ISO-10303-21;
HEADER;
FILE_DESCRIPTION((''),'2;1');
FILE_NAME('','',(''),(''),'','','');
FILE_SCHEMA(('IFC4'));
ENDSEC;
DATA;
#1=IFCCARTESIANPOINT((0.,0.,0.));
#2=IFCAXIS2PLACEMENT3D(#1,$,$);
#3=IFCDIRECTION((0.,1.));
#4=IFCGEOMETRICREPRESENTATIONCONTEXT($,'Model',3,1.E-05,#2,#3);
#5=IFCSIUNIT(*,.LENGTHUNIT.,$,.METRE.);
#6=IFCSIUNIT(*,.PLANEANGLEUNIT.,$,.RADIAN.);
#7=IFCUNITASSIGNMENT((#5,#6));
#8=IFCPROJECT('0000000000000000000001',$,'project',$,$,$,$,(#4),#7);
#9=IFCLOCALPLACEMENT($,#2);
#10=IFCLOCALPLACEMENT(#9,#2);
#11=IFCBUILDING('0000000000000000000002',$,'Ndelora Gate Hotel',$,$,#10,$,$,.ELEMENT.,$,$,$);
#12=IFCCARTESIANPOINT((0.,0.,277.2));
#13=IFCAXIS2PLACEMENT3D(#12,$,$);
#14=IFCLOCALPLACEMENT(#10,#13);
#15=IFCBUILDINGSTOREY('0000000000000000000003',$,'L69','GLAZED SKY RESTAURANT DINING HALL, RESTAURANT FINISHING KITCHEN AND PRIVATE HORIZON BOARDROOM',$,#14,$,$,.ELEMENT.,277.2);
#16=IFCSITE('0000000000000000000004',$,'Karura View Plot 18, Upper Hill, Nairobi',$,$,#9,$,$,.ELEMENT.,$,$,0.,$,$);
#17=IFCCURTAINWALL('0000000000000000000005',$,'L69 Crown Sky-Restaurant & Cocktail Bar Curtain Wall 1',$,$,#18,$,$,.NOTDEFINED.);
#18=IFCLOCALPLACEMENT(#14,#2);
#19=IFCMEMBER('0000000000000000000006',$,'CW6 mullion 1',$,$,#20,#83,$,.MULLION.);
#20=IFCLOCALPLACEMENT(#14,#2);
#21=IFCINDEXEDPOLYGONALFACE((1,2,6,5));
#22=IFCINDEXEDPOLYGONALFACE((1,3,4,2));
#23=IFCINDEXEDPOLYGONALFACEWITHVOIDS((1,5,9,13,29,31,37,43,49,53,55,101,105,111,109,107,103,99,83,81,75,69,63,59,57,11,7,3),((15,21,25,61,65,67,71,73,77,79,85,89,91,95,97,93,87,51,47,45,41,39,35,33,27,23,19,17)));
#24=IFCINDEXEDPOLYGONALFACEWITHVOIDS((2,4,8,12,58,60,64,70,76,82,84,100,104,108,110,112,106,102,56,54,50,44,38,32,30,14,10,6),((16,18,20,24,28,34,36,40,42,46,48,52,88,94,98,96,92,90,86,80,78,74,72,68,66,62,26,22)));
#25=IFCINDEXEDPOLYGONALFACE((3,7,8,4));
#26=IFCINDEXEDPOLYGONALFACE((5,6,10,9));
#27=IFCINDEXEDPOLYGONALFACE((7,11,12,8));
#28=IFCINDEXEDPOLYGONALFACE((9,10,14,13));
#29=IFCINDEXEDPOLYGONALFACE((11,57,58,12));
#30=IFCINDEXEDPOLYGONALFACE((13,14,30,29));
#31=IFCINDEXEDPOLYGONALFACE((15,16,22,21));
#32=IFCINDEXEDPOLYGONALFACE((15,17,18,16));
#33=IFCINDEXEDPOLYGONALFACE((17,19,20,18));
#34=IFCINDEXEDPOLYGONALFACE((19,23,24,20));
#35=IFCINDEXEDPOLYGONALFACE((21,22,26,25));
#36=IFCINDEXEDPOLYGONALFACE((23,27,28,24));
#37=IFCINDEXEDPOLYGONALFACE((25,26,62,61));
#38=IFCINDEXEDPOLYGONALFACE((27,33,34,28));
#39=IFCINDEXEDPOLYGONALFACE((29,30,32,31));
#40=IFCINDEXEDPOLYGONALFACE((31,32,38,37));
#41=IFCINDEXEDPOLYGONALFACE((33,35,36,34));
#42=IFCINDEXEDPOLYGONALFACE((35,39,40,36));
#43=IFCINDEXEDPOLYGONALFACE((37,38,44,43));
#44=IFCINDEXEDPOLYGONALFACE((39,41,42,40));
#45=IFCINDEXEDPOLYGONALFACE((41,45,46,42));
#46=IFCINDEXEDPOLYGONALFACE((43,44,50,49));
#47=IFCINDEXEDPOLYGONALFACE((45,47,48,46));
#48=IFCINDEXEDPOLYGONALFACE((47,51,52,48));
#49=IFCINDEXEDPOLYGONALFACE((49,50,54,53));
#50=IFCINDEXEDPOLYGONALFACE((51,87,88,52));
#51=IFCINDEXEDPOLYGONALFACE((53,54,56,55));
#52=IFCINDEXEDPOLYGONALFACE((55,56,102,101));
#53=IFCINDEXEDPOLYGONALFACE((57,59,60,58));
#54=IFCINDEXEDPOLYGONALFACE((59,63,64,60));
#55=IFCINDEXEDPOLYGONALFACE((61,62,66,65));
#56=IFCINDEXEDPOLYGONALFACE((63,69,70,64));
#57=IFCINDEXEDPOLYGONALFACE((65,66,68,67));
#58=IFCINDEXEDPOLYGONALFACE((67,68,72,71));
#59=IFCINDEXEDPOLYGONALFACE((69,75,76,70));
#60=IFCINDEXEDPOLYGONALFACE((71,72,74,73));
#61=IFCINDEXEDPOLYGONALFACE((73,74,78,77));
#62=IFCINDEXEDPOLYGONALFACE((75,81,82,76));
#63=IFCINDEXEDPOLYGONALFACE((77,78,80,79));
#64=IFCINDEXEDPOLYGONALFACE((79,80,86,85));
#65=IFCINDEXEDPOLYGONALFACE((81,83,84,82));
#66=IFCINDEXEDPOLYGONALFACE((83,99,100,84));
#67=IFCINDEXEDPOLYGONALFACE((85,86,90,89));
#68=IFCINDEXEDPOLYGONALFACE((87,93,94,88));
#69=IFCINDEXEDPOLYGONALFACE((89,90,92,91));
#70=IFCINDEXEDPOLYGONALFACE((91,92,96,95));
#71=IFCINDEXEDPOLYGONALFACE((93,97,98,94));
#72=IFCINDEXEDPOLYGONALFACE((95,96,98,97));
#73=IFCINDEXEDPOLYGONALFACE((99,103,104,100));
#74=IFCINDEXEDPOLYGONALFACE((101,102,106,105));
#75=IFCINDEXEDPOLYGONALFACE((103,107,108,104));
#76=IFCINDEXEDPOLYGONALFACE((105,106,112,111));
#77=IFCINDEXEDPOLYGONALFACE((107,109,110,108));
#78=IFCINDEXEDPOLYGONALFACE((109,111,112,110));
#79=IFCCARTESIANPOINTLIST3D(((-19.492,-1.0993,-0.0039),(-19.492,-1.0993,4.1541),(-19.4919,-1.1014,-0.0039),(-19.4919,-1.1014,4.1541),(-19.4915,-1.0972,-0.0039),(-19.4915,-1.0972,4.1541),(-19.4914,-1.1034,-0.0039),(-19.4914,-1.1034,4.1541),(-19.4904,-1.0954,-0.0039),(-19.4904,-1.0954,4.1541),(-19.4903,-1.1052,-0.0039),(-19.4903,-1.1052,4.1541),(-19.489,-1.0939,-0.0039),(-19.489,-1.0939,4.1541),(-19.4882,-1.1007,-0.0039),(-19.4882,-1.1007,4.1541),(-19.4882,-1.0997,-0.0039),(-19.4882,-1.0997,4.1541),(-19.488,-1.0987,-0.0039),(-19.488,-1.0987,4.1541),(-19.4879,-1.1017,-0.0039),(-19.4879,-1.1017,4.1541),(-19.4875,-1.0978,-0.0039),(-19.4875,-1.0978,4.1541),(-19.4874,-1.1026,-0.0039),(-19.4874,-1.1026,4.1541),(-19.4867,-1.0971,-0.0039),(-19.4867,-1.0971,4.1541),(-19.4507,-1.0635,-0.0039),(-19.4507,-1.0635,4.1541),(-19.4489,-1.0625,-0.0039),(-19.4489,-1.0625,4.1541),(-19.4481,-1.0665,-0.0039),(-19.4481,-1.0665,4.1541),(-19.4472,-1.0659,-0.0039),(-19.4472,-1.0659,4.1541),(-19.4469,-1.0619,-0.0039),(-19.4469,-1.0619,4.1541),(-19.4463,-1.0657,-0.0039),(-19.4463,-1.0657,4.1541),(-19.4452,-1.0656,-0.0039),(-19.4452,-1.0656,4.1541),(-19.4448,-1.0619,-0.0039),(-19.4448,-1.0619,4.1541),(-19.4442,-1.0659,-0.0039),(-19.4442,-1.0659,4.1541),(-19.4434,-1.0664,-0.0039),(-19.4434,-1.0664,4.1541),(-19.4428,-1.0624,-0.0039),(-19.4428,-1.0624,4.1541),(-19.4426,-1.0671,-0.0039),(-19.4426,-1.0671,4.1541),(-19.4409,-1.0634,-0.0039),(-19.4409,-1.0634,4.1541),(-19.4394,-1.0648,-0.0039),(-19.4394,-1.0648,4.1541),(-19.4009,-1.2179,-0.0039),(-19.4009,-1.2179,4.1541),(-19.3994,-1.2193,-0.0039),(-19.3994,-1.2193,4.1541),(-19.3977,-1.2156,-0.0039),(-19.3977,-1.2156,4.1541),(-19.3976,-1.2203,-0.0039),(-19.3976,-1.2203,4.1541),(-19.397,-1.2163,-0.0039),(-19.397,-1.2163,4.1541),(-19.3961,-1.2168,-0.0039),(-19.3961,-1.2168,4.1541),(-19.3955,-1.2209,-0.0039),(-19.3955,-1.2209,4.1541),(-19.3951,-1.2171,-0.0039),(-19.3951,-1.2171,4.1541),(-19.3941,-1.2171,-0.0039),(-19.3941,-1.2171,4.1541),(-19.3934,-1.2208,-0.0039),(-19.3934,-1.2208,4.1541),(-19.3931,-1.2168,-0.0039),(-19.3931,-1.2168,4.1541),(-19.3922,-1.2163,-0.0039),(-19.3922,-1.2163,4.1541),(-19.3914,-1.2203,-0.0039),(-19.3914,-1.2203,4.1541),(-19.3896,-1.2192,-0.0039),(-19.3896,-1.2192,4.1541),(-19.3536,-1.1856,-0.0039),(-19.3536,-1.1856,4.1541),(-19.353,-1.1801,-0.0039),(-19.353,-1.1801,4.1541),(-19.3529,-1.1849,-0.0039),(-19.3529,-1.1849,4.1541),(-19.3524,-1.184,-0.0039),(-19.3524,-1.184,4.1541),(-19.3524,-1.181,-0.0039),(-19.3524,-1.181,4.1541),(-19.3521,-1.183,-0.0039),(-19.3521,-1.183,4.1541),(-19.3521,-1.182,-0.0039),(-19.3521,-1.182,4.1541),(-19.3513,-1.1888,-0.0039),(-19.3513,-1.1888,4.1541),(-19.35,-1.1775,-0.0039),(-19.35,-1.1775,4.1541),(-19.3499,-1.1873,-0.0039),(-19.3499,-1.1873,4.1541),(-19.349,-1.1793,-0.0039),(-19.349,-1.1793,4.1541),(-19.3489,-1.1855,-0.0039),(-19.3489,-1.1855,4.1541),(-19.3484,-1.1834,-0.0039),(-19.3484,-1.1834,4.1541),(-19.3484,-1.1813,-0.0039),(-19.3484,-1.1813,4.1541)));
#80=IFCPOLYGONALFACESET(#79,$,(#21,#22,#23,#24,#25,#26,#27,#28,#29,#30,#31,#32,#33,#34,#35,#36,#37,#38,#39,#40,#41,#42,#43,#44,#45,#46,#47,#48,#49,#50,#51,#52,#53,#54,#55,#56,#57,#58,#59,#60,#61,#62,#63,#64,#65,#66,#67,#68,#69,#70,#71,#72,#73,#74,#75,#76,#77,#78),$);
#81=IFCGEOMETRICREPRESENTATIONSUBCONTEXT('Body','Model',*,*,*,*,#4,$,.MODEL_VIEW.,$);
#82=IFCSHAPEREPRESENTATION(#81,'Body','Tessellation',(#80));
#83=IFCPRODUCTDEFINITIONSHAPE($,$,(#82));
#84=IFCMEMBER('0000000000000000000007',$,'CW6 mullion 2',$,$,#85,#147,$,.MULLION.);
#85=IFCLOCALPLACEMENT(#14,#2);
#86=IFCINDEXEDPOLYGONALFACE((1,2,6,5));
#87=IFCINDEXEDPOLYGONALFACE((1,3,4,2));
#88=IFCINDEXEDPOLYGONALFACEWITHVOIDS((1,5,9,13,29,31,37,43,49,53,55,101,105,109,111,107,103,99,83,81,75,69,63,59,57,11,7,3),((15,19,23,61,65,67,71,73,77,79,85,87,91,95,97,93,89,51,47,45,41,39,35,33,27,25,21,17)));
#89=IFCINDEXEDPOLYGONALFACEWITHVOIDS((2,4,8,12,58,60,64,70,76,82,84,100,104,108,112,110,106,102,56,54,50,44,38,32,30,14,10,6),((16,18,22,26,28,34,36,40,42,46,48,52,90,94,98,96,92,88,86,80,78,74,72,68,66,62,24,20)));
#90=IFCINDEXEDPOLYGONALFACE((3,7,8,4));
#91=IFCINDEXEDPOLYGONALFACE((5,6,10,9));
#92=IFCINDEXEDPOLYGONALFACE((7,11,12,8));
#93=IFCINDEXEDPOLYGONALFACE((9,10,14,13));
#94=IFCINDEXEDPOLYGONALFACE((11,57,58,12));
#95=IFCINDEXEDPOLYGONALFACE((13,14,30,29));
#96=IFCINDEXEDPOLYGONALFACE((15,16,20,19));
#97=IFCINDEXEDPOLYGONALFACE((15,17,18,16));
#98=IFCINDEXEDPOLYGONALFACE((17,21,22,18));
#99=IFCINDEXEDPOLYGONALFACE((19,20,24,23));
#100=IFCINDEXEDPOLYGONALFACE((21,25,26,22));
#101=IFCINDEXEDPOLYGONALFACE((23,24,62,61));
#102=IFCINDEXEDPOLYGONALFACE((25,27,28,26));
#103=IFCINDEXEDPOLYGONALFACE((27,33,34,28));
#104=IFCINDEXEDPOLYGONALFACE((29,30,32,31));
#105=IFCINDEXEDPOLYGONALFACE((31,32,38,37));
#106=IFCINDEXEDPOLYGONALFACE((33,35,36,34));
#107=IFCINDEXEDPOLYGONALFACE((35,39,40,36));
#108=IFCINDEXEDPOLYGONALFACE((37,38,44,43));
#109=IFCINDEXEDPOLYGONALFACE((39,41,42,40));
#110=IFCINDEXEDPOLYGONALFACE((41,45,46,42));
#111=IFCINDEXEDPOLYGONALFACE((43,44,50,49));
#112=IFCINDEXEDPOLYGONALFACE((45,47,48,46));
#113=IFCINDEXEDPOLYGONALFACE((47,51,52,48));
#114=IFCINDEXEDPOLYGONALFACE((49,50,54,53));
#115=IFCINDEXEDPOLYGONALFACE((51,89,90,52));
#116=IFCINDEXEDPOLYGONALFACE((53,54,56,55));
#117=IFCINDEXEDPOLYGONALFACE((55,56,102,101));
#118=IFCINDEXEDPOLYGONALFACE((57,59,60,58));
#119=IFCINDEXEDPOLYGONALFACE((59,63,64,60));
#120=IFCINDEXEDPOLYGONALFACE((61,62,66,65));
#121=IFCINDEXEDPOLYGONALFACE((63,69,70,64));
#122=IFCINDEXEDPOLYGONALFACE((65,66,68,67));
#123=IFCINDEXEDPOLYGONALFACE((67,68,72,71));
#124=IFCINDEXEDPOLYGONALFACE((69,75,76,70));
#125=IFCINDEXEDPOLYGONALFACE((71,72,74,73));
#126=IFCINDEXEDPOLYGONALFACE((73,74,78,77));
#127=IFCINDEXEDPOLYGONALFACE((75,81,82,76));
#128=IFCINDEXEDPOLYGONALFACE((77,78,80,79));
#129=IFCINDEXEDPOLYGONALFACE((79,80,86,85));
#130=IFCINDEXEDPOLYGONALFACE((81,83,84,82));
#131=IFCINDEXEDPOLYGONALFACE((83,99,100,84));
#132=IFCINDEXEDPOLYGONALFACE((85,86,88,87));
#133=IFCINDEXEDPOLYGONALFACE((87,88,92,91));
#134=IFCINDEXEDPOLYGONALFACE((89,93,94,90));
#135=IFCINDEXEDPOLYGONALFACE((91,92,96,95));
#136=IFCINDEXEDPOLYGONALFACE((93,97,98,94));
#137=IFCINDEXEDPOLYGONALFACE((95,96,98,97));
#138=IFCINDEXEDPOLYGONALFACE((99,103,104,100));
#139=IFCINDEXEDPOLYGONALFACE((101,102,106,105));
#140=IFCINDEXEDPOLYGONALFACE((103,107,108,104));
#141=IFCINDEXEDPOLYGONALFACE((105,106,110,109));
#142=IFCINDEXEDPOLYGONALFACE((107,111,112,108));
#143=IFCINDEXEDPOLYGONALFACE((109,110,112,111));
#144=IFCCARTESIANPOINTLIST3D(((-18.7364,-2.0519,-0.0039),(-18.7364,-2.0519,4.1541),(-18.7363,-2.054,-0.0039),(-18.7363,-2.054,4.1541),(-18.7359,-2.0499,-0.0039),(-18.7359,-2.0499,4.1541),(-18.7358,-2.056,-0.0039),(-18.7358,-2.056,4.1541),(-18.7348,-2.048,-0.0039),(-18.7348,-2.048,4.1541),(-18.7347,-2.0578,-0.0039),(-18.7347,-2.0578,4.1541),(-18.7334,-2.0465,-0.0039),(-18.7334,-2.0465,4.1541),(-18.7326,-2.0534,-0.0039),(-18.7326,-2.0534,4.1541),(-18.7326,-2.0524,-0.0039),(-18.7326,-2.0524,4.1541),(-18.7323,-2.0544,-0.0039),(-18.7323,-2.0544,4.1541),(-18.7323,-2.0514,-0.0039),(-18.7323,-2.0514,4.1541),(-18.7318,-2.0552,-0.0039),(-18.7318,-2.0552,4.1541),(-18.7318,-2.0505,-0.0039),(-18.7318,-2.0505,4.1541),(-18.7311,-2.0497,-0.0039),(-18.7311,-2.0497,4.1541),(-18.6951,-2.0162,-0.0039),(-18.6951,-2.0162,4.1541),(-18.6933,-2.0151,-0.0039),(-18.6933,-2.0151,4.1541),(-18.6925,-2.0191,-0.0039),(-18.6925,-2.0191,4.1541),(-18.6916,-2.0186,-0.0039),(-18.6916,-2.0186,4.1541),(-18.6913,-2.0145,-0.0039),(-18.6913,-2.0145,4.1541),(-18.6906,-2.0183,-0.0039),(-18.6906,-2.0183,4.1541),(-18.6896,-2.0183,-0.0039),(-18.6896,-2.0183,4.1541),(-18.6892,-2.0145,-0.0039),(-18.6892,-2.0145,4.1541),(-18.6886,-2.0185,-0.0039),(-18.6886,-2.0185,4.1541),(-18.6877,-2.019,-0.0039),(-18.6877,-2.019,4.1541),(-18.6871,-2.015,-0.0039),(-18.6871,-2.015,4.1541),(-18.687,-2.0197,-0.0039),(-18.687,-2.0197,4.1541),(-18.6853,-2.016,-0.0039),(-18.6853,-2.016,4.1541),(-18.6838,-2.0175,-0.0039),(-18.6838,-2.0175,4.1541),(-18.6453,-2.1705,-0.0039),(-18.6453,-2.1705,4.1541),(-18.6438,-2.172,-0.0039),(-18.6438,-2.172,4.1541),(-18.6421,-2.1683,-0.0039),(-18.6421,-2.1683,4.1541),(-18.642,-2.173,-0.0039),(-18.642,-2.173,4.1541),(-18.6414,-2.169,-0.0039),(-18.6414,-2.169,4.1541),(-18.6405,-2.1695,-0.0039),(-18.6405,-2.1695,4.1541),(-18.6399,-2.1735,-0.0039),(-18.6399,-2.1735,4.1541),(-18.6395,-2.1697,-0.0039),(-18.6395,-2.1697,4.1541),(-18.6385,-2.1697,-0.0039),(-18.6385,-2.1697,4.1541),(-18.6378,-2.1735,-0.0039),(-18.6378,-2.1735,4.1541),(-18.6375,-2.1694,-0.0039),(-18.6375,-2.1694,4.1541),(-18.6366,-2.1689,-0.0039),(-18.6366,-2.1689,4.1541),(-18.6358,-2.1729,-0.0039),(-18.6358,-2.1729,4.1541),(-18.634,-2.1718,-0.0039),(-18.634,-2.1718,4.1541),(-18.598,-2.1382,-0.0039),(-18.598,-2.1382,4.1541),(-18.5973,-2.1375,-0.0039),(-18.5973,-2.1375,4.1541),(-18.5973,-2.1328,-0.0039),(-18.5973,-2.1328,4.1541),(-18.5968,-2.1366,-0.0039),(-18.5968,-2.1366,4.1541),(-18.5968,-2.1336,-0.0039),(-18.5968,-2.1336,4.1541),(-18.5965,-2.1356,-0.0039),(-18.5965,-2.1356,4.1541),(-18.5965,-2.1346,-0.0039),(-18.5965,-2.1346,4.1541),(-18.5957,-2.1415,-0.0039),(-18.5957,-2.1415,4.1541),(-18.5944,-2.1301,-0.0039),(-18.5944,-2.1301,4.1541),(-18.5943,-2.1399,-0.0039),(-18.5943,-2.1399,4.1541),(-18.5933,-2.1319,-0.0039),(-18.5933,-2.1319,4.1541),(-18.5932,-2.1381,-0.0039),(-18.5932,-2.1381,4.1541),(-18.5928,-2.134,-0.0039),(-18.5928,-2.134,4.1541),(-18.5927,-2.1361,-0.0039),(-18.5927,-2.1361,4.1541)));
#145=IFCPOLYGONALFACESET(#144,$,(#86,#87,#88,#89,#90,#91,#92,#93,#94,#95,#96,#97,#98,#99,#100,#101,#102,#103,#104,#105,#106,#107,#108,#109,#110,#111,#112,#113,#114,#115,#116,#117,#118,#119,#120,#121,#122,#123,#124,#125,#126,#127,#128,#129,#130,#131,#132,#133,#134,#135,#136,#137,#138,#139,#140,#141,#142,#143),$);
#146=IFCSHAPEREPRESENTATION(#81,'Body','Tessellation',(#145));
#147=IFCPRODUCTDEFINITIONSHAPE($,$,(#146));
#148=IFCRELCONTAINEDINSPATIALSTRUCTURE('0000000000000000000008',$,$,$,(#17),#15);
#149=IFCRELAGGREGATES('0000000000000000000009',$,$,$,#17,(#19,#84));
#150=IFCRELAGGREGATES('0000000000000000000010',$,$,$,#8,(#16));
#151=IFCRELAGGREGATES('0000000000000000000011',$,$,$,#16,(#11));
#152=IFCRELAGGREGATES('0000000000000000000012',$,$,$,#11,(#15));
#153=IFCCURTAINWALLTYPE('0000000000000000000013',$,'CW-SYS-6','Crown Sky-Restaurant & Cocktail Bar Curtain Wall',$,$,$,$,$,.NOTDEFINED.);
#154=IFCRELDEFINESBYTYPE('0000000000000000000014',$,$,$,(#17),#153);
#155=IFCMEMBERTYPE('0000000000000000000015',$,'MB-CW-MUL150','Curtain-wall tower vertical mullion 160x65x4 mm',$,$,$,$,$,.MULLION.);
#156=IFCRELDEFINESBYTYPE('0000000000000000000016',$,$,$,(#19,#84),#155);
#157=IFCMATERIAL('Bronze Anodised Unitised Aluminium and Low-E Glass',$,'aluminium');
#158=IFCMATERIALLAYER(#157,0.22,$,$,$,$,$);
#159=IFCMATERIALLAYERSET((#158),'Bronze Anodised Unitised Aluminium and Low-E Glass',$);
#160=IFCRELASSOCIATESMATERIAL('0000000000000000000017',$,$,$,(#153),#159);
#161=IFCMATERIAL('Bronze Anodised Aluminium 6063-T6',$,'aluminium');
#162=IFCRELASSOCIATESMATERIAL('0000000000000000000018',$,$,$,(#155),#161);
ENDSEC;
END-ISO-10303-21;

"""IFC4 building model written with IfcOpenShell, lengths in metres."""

from ifc_helpers import new_model, si_unit, direction, frame, origin, origin_2d, place, context, subcontext, project, spatial, hollow_rectangle, extrude, material, layer, layer_set, material_profile, profile_set, type_object, element, aggregate, save


model = new_model("IFC4")

# Units and contexts
model_context = context("Model", 3, precision=1e-05, world=origin(), true_north=direction((0.0, 1.0)))
body_context = subcontext(model_context, "Body", "Model", "MODEL_VIEW")
ifc_project = project(units=[si_unit("LENGTHUNIT", "METRE"), si_unit("PLANEANGLEUNIT", "RADIAN")], contexts=[model_context])

# Site, building, storey
site_placement = place(None, origin())
site = spatial("IfcSite", under=ifc_project, at=site_placement, Name="Karura View Plot 18, Upper Hill, Nairobi", CompositionType="ELEMENT", RefElevation=0.0)
building_placement = place(site_placement, origin())
building = spatial("IfcBuilding", under=site, at=building_placement, Name="Ndelora Gate Hotel", CompositionType="ELEMENT")
storey_placement = place(building_placement, frame((0.0, 0.0, 277.2)))
storey = spatial("IfcBuildingStorey", under=building, at=storey_placement, Name="L69", Description="GLAZED SKY RESTAURANT DINING HALL, RESTAURANT FINISHING KITCHEN AND PRIVATE HORIZON BOARDROOM", CompositionType="ELEMENT", Elevation=277.2)

# Curtain wall, members
ifc_material_1 = material(Name="Bronze Anodised Unitised Aluminium and Low-E Glass", Category="aluminium")
ifc_layer_1 = layer(ifc_material_1, 0.22)
ifc_layer_set_1 = layer_set([ifc_layer_1], Name="Bronze Anodised Unitised Aluminium and Low-E Glass")
curtain_wall_type = type_object("IfcCurtainWallType", Name="CW-SYS-6", Description="Crown Sky-Restaurant & Cocktail Bar Curtain Wall", PredefinedType="NOTDEFINED", material=ifc_layer_set_1)
curtain_wall_placement = place(storey_placement, origin())
curtain_wall = element("IfcCurtainWall", 1, at=curtain_wall_placement, inside=storey, type_object=curtain_wall_type, Name="L69 Crown Sky-Restaurant & Cocktail Bar Curtain Wall 1", PredefinedType="NOTDEFINED")
ifc_material_2 = material(Name="Bronze Anodised Aluminium 6063-T6", Category="aluminium")
ifc_material_profile_1 = material_profile(ifc_material_2, hollow_rectangle(XDim=0.0649, YDim=0.1599, WallThickness=0.0039, InnerFilletRadius=0.0039, OuterFilletRadius=0.0081, at=origin_2d()), Name="ALU 160x65x4")
ifc_profile_set_1 = profile_set([ifc_material_profile_1], Name="Bronze Anodised Aluminium 6063-T6")
member_type_1 = type_object("IfcMemberType", Name="MB-CW-MUL150", Description="Curtain-wall tower vertical mullion 160x65x4 mm", PredefinedType="MULLION", material=ifc_profile_set_1)
member_1_placement = place(storey_placement, frame((-19.4202, -1.1414, -0.0039), z_axis=(0.0, 0.0, 1.0), x_axis=(0.78341, 0.621505, 0.0)))
member_1 = element("IfcMember", 2, at=member_1_placement, type_object=member_type_1, Name="CW6 mullion 1", PredefinedType="MULLION", context=body_context, shape_type="SweptSolid", body=[
    extrude(hollow_rectangle(XDim=0.0649, YDim=0.1599, WallThickness=0.0039, InnerFilletRadius=0.0039, OuterFilletRadius=0.0081, at=origin_2d()), origin(), (0.0, 0.0, 1.0), 4.158),
])
member_2_placement = place(storey_placement, frame((-18.6646, -2.094, -0.0039), z_axis=(0.0, 0.0, 1.0), x_axis=(0.78341, 0.621505, 0.0)))
member_2 = element("IfcMember", 3, at=member_2_placement, type_object=member_type_1, Name="CW6 mullion 2", PredefinedType="MULLION", context=body_context, shape_type="SweptSolid", body=[
    extrude(hollow_rectangle(XDim=0.0649, YDim=0.1599, WallThickness=0.0039, InnerFilletRadius=0.0039, OuterFilletRadius=0.0081, at=origin_2d()), origin(), (0.0, 0.0, 1.0), 4.158),
])
aggregate(curtain_wall, [member_1, member_2])

save(model, "model.ifc")
